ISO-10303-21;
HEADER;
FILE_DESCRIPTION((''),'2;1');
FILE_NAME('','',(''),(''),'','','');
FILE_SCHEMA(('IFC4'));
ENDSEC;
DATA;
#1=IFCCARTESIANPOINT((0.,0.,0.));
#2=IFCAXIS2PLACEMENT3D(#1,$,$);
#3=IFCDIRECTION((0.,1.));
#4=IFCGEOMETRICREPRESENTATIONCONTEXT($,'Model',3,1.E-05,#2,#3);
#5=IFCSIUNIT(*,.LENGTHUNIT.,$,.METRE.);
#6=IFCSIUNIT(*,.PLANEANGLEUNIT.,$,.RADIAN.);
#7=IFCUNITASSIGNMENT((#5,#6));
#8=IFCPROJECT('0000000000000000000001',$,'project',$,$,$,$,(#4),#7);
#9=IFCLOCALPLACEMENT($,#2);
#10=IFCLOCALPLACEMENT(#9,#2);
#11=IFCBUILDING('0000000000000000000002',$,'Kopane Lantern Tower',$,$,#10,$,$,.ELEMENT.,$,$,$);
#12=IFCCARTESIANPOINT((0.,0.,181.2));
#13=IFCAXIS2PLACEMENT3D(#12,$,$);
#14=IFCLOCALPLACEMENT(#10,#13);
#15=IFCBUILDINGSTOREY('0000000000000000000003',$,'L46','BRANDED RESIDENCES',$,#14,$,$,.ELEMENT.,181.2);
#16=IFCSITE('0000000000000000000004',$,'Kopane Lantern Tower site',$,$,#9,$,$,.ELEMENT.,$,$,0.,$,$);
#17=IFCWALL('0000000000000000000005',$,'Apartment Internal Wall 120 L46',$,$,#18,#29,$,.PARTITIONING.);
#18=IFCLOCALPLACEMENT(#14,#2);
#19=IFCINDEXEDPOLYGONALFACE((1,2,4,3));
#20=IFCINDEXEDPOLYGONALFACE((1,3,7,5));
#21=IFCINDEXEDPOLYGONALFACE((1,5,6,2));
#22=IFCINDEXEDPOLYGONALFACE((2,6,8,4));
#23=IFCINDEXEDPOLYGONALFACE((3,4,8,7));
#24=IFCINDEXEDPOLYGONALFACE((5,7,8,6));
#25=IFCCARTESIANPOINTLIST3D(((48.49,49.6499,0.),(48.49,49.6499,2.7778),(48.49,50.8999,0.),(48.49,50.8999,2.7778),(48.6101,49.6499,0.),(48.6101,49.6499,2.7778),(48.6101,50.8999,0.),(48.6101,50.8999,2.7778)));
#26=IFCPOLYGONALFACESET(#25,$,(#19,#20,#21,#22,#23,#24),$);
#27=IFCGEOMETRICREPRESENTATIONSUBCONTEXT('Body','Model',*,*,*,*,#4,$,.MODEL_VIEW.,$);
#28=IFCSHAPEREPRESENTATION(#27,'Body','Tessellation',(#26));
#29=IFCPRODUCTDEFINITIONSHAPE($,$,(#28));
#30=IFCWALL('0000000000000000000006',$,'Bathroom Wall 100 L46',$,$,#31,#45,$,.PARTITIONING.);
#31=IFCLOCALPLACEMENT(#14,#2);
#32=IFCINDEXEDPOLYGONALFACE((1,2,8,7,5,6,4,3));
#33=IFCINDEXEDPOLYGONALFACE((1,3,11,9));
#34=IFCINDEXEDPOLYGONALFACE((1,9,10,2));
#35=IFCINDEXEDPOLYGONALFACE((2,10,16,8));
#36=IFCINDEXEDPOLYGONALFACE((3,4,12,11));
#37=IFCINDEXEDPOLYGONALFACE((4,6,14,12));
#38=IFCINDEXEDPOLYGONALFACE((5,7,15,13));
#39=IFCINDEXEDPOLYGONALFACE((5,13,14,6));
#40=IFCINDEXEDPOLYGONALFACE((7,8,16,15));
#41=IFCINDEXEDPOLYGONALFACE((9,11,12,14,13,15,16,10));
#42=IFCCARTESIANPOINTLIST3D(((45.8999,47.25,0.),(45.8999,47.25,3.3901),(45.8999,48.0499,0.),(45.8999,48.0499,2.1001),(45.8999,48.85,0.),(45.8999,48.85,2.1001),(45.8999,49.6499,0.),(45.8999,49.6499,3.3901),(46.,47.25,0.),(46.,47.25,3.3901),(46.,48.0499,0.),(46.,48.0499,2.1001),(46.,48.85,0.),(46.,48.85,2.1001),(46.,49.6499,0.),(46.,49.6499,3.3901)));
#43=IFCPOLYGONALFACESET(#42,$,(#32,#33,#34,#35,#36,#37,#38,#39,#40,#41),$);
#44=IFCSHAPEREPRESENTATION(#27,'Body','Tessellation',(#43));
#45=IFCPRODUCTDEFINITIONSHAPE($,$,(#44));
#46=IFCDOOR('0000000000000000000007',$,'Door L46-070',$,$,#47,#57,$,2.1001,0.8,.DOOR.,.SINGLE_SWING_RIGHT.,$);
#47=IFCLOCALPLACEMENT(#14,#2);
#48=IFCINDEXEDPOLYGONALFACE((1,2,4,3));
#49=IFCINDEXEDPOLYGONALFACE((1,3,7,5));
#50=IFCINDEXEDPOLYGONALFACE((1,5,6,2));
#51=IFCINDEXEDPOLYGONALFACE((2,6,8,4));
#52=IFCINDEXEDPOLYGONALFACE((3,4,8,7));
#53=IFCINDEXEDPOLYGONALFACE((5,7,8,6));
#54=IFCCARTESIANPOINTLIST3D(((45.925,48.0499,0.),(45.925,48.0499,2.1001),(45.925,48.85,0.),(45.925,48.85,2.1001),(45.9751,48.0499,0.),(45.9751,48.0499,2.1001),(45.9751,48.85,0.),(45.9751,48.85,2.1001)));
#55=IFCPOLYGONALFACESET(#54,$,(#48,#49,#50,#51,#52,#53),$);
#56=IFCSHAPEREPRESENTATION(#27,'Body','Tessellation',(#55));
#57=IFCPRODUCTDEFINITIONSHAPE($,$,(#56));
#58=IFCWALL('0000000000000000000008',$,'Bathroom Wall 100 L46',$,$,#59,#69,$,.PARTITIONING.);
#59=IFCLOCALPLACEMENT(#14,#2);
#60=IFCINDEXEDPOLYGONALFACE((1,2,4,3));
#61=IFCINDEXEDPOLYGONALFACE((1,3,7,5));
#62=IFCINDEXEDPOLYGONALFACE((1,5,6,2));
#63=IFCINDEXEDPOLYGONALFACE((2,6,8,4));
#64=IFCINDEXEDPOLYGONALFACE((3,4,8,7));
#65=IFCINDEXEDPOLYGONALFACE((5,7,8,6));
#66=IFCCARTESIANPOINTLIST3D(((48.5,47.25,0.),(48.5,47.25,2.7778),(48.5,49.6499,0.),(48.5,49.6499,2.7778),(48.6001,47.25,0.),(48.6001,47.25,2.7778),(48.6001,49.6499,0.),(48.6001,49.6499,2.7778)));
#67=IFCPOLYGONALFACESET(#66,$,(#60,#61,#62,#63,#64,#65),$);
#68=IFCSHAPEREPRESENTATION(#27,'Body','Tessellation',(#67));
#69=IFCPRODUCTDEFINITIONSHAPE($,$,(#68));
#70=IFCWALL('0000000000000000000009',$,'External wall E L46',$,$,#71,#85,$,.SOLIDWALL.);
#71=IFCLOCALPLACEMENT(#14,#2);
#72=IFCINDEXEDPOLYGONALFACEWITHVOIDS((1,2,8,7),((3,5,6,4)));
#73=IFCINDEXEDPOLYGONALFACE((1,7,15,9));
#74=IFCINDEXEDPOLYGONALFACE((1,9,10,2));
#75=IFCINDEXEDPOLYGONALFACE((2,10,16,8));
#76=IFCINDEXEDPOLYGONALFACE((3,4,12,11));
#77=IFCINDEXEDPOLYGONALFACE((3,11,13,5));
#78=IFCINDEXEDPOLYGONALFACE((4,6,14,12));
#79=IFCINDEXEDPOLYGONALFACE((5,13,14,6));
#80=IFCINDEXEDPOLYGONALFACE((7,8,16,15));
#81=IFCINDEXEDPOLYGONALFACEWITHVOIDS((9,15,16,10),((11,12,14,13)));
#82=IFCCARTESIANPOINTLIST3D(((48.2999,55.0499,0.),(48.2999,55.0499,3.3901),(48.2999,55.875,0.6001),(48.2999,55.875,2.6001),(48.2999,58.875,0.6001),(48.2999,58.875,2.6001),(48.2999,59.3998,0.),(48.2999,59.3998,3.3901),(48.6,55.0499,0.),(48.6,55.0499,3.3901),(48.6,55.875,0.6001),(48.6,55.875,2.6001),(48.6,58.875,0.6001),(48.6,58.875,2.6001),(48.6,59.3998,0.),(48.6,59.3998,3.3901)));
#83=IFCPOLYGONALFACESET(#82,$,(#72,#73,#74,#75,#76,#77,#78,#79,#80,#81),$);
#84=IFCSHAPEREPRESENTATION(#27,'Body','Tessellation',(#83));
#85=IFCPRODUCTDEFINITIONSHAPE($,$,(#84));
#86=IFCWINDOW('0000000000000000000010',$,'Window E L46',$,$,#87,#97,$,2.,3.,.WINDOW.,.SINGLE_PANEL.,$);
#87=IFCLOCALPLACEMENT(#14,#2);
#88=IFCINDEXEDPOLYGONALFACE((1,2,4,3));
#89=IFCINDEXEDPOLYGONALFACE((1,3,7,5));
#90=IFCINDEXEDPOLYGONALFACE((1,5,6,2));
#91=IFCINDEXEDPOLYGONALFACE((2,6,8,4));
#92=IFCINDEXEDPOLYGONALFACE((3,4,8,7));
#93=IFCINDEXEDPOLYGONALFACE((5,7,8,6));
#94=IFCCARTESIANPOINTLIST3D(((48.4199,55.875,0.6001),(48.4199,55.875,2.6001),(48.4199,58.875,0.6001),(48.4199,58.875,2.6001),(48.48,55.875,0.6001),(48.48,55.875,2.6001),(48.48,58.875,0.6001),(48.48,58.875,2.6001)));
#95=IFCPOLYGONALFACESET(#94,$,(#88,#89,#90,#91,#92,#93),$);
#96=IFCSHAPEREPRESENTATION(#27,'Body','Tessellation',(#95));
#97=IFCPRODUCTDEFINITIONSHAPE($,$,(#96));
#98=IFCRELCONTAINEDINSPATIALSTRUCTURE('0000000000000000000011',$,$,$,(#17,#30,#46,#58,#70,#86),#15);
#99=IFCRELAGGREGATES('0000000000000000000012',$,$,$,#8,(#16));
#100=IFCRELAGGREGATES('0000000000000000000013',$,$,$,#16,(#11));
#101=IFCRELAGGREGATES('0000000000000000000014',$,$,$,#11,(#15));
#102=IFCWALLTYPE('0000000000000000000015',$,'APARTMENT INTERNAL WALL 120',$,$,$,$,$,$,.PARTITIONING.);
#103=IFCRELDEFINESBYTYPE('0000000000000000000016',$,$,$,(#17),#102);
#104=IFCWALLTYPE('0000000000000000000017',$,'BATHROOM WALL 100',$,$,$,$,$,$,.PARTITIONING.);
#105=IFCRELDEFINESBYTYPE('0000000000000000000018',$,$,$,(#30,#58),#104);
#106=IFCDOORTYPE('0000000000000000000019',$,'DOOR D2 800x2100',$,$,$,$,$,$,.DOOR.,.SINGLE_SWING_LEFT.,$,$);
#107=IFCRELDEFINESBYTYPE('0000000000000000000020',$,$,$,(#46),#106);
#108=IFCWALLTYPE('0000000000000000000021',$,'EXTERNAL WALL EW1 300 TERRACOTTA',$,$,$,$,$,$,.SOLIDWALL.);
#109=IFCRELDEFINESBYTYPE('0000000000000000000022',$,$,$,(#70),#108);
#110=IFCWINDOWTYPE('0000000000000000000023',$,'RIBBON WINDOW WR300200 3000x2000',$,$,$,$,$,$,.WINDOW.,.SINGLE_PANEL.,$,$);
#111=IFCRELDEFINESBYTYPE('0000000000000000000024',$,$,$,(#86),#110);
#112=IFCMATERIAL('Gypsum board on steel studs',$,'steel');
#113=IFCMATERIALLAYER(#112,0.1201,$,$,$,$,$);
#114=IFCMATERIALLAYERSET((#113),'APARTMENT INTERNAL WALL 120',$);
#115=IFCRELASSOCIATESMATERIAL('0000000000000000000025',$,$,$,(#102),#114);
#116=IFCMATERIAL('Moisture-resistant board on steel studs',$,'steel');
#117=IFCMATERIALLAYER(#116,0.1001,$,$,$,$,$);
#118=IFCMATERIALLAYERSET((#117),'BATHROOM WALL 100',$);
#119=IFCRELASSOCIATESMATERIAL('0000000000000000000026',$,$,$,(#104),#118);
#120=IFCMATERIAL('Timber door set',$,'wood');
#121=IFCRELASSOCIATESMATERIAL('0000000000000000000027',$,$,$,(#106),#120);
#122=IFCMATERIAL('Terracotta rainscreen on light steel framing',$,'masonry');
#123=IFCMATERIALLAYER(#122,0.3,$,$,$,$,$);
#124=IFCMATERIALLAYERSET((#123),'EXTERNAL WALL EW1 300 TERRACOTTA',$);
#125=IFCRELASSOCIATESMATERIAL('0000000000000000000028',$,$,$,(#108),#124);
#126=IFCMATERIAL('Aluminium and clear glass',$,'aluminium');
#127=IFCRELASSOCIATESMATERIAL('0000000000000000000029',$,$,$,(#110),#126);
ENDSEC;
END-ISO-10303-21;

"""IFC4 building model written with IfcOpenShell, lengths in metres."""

from ifc_helpers import new_model, si_unit, direction, frame, frame_2d, origin, place, context, subcontext, project, spatial, rectangle, extrude, material, layer, layer_set, type_object, element, fill, save


model = new_model("IFC4")

# Units and contexts
model_context = context("Model", 3, precision=1e-05, world=origin(), true_north=direction((0.0, 1.0)))
body_context = subcontext(model_context, "Body", "Model", "MODEL_VIEW")
ifc_project = project(units=[si_unit("LENGTHUNIT", "METRE"), si_unit("PLANEANGLEUNIT", "RADIAN")], contexts=[model_context])

# Site, building, storey
site_placement = place(None, origin())
site = spatial("IfcSite", under=ifc_project, at=site_placement, Name="Kopane Lantern Tower site", CompositionType="ELEMENT", RefElevation=0.0)
building_placement = place(site_placement, origin())
building = spatial("IfcBuilding", under=site, at=building_placement, Name="Kopane Lantern Tower", CompositionType="ELEMENT")
storey_placement = place(building_placement, frame((0.0, 0.0, 181.2)))
storey = spatial("IfcBuildingStorey", under=building, at=storey_placement, Name="L46", Description="BRANDED RESIDENCES", CompositionType="ELEMENT", Elevation=181.2)

# Wall
ifc_material_1 = material(Name="Gypsum board on steel studs", Category="steel")
ifc_layer_1 = layer(ifc_material_1, 0.1201)
ifc_layer_set_1 = layer_set([ifc_layer_1], Name="APARTMENT INTERNAL WALL 120")
wall_type_1 = type_object("IfcWallType", Name="APARTMENT INTERNAL WALL 120", PredefinedType="PARTITIONING", material=ifc_layer_set_1)
wall_1_placement = place(storey_placement, frame((48.55, 49.6499, 0.0), z_axis=(0.0, 0.0, 1.0), x_axis=(0.0, 1.0, 0.0)))
element("IfcWall", 1, at=wall_1_placement, inside=storey, type_object=wall_type_1, Name="Apartment Internal Wall 120 L46", PredefinedType="PARTITIONING", context=body_context, shape_type="SweptSolid", body=[
    extrude(rectangle(XDim=1.25, YDim=0.1201, at=frame_2d((0.625, 0.0))), origin(), (0.0, 0.0, 1.0), 2.7778),
])

# Wall, opening, door
ifc_material_2 = material(Name="Moisture-resistant board on steel studs", Category="steel")
ifc_layer_2 = layer(ifc_material_2, 0.1001)
ifc_layer_set_2 = layer_set([ifc_layer_2], Name="BATHROOM WALL 100")
wall_type_2 = type_object("IfcWallType", Name="BATHROOM WALL 100", PredefinedType="PARTITIONING", material=ifc_layer_set_2)
wall_2_placement = place(storey_placement, frame((45.95, 47.25, 0.0), z_axis=(0.0, 0.0, 1.0), x_axis=(0.0, 1.0, 0.0)))
wall_2 = element("IfcWall", 2, at=wall_2_placement, inside=storey, type_object=wall_type_2, Name="Bathroom Wall 100 L46", PredefinedType="PARTITIONING", context=body_context, shape_type="SweptSolid", body=[
    extrude(rectangle(XDim=2.3999, YDim=0.1001, at=frame_2d((1.2, 0.0))), origin(), (0.0, 0.0, 1.0), 3.3901),
])
opening_1_placement = place(wall_2_placement, frame((0.8, 0.0, 0.0)))
opening_1 = element("IfcOpeningElement", 3, at=opening_1_placement, cuts=wall_2, PredefinedType="OPENING", context=body_context, shape_type="SweptSolid", body=[
    extrude(rectangle(XDim=0.8, YDim=2.1001, at=frame_2d((0.3999, 1.05))), frame((0.0, 0.0601, 0.0), z_axis=(0.0, -1.0, 0.0), x_axis=(1.0, 0.0, 0.0)), (0.0, 0.0, 1.0), 0.1201),
])
ifc_material_3 = material(Name="Timber door set", Category="wood")
door_type = type_object("IfcDoorType", Name="DOOR D2 800x2100", OperationType="SINGLE_SWING_LEFT", PredefinedType="DOOR", material=ifc_material_3)
door_placement = place(opening_1_placement, origin())
door = element("IfcDoor", 4, at=door_placement, inside=storey, type_object=door_type, Name="Door L46-070", OperationType="SINGLE_SWING_RIGHT", OverallHeight=2.1001, OverallWidth=0.8, PredefinedType="DOOR", context=body_context, shape_type="SweptSolid", body=[
    extrude(rectangle(XDim=0.8, YDim=2.1001, at=frame_2d((0.3999, 1.05))), frame((0.0, 0.0249, 0.0), z_axis=(0.0, -1.0, 0.0), x_axis=(1.0, 0.0, 0.0)), (0.0, 0.0, 1.0), 0.05),
])
fill(opening_1, door)

# Wall
wall_3_placement = place(storey_placement, frame((48.55, 47.25, 0.0), z_axis=(0.0, 0.0, 1.0), x_axis=(0.0, 1.0, 0.0)))
element("IfcWall", 5, at=wall_3_placement, inside=storey, type_object=wall_type_2, Name="Bathroom Wall 100 L46", PredefinedType="PARTITIONING", context=body_context, shape_type="SweptSolid", body=[
    extrude(rectangle(XDim=2.3999, YDim=0.1001, at=frame_2d((1.2, 0.0))), origin(), (0.0, 0.0, 1.0), 2.7778),
])

# Wall, opening, window
ifc_material_4 = material(Name="Terracotta rainscreen on light steel framing", Category="masonry")
ifc_layer_3 = layer(ifc_material_4, 0.3)
ifc_layer_set_3 = layer_set([ifc_layer_3], Name="EXTERNAL WALL EW1 300 TERRACOTTA")
wall_type_3 = type_object("IfcWallType", Name="EXTERNAL WALL EW1 300 TERRACOTTA", PredefinedType="SOLIDWALL", material=ifc_layer_set_3)
wall_4_placement = place(storey_placement, frame((48.45, 55.05, 0.0), z_axis=(0.0, 0.0, 1.0), x_axis=(0.0, 1.0, 0.0)))
wall_4 = element("IfcWall", 6, at=wall_4_placement, inside=storey, type_object=wall_type_3, Name="External wall E L46", PredefinedType="SOLIDWALL", context=body_context, shape_type="SweptSolid", body=[
    extrude(rectangle(XDim=4.3499, YDim=0.3, at=frame_2d((2.1748, 0.0))), origin(), (0.0, 0.0, 1.0), 3.3901),
])
opening_2_placement = place(wall_4_placement, frame((0.825, 0.0, 0.6001)))
opening_2 = element("IfcOpeningElement", 7, at=opening_2_placement, cuts=wall_4, PredefinedType="OPENING", context=body_context, shape_type="SweptSolid", body=[
    extrude(rectangle(XDim=3.0, YDim=2.0, at=frame_2d((1.5, 1.0))), frame((0.0, 0.1599, 0.0), z_axis=(0.0, -1.0, 0.0), x_axis=(1.0, 0.0, 0.0)), (0.0, 0.0, 1.0), 0.3201),
])
ifc_material_5 = material(Name="Aluminium and clear glass", Category="aluminium")
window_type_1 = type_object("IfcWindowType", Name="RIBBON WINDOW WR300200 3000x2000", PartitioningType="SINGLE_PANEL", PredefinedType="WINDOW", material=ifc_material_5)
window_1_placement = place(opening_2_placement, origin())
window_1 = element("IfcWindow", 8, at=window_1_placement, inside=storey, type_object=window_type_1, Name="Window E L46", OverallHeight=2.0, OverallWidth=3.0, PartitioningType="SINGLE_PANEL", PredefinedType="WINDOW", context=body_context, shape_type="SweptSolid", body=[
    extrude(rectangle(XDim=3.0, YDim=2.0, at=frame_2d((1.5, 1.0))), frame((0.0, 0.03, 0.0), z_axis=(0.0, -1.0, 0.0), x_axis=(1.0, 0.0, 0.0)), (0.0, 0.0, 1.0), 0.0601),
])
fill(opening_2, window_1)

save(model, "model.ifc")
